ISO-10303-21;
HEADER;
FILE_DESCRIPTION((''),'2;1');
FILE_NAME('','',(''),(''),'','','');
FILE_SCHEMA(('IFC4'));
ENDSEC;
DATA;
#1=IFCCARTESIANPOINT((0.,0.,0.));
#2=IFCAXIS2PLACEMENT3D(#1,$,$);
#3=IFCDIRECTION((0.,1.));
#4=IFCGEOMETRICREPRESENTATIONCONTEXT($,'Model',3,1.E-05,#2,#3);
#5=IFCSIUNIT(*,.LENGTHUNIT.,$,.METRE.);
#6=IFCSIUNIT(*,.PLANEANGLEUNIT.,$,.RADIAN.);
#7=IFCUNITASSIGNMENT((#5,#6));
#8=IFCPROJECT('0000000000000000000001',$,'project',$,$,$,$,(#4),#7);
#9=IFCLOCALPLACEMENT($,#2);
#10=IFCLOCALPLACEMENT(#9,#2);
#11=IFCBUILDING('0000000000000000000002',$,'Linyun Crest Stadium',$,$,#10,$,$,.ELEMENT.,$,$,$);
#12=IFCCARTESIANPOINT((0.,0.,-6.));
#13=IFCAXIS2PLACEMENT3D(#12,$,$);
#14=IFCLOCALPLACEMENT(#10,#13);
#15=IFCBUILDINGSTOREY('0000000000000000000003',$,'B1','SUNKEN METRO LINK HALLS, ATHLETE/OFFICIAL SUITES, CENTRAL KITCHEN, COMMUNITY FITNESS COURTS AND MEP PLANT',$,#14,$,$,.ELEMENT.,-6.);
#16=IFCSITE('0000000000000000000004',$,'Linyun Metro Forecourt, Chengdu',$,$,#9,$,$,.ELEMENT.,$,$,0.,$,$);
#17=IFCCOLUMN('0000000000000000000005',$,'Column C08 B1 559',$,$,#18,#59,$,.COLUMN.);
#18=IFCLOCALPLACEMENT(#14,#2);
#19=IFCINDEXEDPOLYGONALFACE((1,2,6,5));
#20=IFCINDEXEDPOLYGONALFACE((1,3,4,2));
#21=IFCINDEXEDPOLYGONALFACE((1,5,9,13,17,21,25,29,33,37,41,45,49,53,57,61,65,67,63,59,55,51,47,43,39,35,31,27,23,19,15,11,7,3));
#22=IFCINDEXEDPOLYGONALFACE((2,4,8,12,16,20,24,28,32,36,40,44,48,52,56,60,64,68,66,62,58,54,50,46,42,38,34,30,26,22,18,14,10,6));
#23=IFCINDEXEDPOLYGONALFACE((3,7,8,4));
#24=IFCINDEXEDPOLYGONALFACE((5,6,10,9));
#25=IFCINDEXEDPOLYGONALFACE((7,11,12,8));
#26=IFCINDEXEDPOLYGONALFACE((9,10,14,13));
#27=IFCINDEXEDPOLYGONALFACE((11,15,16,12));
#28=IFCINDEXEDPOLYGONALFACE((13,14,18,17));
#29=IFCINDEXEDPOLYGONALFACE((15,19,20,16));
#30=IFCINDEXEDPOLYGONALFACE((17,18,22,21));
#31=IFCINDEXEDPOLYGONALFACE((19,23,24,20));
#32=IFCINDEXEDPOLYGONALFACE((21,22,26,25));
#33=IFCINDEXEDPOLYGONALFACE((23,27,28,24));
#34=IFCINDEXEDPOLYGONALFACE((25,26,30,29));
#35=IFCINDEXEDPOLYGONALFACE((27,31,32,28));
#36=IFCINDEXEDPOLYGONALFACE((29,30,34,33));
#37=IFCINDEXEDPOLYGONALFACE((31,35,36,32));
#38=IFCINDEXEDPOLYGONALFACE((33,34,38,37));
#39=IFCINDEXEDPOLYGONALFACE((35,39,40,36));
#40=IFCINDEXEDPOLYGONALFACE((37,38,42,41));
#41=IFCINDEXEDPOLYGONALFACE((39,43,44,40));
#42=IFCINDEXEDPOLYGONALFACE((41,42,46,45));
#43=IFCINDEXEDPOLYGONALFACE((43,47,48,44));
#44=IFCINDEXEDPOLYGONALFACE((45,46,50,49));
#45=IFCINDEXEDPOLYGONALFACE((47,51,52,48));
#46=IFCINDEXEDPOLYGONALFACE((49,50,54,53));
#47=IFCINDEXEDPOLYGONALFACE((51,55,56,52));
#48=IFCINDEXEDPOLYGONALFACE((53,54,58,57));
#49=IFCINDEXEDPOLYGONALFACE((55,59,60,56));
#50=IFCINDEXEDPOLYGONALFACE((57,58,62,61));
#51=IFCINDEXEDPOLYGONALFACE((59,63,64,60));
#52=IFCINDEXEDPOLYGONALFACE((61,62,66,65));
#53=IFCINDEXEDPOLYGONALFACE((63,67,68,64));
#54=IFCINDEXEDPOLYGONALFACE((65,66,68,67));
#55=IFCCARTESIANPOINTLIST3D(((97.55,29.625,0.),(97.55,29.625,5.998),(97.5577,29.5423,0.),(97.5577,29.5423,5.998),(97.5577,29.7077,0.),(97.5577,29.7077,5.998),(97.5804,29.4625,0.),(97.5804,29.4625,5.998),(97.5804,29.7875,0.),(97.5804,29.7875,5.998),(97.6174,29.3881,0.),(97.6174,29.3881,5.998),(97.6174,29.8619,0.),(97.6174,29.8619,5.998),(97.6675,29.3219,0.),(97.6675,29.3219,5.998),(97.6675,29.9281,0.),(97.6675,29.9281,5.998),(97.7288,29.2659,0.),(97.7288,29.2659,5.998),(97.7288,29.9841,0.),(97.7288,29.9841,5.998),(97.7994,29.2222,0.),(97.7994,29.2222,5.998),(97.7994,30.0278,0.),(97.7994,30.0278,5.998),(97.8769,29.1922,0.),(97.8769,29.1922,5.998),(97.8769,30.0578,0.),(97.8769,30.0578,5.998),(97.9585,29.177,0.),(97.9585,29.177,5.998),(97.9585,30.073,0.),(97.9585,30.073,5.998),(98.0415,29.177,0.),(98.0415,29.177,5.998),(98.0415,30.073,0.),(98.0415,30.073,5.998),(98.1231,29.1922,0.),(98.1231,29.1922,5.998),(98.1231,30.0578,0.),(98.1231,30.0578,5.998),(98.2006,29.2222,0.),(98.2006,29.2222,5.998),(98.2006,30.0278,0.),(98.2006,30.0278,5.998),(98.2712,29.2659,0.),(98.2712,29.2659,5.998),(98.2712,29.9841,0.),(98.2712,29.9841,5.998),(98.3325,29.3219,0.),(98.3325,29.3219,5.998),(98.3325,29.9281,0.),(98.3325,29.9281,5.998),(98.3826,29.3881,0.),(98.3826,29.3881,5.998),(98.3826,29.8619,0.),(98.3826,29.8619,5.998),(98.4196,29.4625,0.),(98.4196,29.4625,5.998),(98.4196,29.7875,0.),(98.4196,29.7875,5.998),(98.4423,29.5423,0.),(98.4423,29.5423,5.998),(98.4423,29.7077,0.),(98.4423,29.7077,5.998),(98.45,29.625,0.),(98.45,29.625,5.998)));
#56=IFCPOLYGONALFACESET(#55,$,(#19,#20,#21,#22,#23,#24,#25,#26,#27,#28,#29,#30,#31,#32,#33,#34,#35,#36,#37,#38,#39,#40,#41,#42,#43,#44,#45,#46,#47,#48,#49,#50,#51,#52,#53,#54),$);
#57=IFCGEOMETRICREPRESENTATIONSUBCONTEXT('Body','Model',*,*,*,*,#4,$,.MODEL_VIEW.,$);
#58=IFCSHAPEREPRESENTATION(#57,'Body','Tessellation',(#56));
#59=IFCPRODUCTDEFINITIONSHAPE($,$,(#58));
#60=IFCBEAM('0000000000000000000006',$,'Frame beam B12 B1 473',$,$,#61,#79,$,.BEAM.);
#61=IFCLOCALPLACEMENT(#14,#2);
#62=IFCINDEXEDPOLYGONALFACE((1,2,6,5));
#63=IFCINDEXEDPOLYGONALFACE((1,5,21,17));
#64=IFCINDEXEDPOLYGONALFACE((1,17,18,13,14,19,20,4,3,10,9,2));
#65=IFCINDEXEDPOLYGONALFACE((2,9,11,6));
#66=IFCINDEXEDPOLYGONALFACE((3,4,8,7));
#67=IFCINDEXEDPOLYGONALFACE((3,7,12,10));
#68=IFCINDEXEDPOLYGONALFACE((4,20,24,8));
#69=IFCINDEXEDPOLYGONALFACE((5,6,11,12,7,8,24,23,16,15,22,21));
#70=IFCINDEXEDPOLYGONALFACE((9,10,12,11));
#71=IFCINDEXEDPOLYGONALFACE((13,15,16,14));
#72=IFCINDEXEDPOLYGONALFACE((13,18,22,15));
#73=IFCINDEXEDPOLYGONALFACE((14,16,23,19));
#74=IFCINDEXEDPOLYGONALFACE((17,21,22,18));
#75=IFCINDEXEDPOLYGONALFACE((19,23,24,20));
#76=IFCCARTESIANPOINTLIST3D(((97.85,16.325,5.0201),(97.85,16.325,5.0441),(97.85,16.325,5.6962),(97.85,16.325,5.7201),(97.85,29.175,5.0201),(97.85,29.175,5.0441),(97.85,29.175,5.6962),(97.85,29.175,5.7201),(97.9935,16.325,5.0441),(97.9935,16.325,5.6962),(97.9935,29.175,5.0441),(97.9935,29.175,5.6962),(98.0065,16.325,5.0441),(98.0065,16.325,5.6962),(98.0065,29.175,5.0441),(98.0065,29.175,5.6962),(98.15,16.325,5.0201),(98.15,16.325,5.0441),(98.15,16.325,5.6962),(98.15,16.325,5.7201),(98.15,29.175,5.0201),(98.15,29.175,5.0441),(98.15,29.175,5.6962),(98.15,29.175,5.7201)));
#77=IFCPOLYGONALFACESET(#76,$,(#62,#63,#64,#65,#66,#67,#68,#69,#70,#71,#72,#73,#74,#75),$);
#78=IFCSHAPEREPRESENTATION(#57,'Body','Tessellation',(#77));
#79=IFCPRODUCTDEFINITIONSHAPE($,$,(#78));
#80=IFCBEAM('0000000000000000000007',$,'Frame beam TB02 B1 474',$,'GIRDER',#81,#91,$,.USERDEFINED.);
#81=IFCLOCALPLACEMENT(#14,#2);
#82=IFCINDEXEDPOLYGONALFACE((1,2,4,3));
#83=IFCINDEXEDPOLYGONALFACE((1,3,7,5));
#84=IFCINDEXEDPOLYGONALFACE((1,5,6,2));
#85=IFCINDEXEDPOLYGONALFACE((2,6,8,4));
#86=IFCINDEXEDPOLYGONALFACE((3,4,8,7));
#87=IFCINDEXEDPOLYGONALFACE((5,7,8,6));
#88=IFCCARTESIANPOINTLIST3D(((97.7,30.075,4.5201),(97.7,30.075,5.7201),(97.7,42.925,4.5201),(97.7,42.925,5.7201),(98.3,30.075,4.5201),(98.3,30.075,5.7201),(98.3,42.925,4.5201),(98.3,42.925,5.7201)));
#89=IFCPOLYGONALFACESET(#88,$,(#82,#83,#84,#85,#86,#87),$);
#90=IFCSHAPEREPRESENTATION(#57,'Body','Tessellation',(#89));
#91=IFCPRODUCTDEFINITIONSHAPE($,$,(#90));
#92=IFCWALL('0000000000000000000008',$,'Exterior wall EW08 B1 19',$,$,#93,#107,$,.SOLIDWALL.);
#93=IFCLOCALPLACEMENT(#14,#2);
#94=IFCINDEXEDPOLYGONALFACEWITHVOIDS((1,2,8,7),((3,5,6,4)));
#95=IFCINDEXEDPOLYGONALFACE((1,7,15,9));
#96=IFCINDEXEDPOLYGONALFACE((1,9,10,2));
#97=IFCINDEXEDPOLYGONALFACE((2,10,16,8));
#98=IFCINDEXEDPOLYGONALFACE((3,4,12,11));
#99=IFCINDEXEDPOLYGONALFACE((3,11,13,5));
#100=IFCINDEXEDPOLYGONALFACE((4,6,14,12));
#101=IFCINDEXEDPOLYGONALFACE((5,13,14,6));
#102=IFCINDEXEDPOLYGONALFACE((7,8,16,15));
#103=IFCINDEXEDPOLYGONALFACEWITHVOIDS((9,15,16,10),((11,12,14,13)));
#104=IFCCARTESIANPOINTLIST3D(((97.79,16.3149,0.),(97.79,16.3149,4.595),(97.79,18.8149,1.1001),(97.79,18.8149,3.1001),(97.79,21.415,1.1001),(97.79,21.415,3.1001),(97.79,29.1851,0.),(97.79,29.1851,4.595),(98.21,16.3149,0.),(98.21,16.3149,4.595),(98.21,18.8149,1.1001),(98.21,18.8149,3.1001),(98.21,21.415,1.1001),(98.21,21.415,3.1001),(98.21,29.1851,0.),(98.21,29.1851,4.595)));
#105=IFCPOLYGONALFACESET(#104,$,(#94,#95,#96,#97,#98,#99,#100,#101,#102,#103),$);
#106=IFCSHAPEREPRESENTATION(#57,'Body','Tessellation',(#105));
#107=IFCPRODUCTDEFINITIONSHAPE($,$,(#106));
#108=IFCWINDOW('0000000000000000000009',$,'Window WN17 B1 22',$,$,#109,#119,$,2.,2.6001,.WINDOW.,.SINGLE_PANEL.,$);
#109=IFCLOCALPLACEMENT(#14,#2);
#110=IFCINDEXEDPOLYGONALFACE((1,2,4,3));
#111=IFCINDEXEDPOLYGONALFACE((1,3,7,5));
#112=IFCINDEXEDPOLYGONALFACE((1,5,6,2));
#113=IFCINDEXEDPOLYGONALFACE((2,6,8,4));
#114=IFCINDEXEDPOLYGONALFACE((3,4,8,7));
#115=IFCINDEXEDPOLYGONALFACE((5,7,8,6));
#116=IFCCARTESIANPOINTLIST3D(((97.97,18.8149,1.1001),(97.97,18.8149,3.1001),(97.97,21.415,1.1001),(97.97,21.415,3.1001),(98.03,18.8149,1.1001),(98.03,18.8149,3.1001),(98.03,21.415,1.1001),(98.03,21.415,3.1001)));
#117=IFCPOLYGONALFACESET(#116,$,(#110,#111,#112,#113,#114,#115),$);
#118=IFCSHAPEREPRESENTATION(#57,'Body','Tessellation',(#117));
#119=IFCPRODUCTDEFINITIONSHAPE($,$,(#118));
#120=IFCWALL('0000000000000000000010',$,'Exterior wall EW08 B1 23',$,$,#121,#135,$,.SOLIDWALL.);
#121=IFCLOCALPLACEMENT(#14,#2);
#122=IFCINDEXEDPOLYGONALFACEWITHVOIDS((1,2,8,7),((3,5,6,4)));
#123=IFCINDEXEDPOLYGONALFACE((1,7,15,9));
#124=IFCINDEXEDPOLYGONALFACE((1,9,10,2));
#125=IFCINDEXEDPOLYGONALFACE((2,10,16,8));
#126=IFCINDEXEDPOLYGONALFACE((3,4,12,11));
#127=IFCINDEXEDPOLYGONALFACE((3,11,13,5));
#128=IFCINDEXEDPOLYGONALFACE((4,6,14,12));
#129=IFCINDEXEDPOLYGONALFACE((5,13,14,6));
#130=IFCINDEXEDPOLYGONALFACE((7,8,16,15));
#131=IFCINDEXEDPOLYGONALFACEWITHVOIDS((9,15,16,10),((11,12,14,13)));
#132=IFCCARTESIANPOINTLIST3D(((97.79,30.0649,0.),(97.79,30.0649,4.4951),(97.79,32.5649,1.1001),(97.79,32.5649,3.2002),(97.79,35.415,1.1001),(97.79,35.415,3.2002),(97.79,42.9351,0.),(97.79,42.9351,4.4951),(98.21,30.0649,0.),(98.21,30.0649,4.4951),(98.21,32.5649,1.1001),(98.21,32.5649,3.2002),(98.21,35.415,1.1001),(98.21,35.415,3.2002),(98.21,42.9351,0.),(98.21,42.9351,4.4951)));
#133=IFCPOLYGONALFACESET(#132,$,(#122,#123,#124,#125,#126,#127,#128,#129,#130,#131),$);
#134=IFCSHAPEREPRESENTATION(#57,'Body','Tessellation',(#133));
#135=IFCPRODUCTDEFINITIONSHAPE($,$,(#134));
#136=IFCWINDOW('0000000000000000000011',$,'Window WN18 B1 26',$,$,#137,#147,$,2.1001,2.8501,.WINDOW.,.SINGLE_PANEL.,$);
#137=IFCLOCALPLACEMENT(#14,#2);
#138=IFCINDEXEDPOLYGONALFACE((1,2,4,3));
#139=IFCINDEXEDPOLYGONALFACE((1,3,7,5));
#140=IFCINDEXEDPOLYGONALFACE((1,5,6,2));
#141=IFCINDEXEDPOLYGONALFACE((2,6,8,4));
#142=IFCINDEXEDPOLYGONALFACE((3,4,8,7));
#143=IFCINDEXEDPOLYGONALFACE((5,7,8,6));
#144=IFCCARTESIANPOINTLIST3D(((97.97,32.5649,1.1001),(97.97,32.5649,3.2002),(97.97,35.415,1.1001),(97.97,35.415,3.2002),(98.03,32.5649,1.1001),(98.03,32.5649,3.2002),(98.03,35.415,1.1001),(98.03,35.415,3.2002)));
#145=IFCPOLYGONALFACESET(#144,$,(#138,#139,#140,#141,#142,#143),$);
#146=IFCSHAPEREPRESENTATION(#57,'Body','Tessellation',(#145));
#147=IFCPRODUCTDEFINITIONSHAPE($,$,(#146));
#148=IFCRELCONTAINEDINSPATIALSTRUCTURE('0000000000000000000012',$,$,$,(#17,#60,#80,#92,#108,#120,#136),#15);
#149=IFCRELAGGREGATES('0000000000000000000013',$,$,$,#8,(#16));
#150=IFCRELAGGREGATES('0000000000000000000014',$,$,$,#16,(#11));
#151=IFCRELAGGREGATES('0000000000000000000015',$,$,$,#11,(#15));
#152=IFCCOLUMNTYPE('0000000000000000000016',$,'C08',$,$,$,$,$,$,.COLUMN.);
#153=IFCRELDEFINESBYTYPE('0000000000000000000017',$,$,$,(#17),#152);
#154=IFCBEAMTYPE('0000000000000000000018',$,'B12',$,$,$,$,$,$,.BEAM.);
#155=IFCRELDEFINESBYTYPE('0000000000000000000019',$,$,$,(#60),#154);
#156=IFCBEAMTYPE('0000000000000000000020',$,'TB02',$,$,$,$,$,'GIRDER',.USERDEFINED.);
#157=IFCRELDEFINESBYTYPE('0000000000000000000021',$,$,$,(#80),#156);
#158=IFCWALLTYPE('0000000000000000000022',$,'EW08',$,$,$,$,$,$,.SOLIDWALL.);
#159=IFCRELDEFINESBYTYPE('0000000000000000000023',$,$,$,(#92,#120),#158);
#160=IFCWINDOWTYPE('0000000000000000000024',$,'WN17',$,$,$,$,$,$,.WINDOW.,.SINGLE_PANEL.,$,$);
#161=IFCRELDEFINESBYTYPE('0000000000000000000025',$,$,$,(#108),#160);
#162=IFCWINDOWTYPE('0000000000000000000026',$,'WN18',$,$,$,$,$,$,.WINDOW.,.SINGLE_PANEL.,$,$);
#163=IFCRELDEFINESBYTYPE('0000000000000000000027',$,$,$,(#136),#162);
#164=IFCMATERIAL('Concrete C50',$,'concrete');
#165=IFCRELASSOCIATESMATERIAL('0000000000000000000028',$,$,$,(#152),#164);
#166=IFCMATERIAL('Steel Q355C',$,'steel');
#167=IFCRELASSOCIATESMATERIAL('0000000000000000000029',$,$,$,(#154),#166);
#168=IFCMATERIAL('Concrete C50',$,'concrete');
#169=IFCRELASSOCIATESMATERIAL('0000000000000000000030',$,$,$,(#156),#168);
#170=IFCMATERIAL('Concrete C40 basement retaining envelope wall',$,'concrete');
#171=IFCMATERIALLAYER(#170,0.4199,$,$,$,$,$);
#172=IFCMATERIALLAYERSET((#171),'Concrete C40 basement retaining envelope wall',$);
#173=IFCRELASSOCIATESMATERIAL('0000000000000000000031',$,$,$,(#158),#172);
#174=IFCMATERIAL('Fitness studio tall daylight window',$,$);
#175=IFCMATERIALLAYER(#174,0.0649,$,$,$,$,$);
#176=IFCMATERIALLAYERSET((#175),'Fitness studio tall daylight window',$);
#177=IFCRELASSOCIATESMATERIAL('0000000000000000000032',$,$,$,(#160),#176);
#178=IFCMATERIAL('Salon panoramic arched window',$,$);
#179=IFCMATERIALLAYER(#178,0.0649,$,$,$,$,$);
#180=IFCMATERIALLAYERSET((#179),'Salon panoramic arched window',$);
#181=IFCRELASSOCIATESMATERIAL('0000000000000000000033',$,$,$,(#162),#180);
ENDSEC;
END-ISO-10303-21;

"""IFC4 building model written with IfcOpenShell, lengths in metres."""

from ifc_helpers import new_model, si_unit, direction, frame, frame_2d, origin, origin_2d, place, context, subcontext, project, spatial, rectangle, circle, i_section, extrude, material, layer, layer_set, material_profile, profile_set, type_object, element, fill, save


model = new_model("IFC4")

# Units and contexts
model_context = context("Model", 3, precision=1e-05, world=origin(), true_north=direction((0.0, 1.0)))
body_context = subcontext(model_context, "Body", "Model", "MODEL_VIEW")
ifc_project = project(units=[si_unit("LENGTHUNIT", "METRE"), si_unit("PLANEANGLEUNIT", "RADIAN")], contexts=[model_context])

# Site, building, storey
site_placement = place(None, origin())
site = spatial("IfcSite", under=ifc_project, at=site_placement, Name="Linyun Metro Forecourt, Chengdu", CompositionType="ELEMENT", RefElevation=0.0)
building_placement = place(site_placement, origin())
building = spatial("IfcBuilding", under=site, at=building_placement, Name="Linyun Crest Stadium", CompositionType="ELEMENT")
storey_placement = place(building_placement, frame((0.0, 0.0, -6.0)))
storey = spatial("IfcBuildingStorey", under=building, at=storey_placement, Name="B1", Description="SUNKEN METRO LINK HALLS, ATHLETE/OFFICIAL SUITES, CENTRAL KITCHEN, COMMUNITY FITNESS COURTS AND MEP PLANT", CompositionType="ELEMENT", Elevation=-6.0)

# Column
ifc_material_1 = material(Name="Concrete C50", Category="concrete")
ifc_material_profile_1 = material_profile(ifc_material_1, circle(Radius=0.45, at=origin_2d()), Name="RC D900")
ifc_profile_set_1 = profile_set([ifc_material_profile_1], Name="Concrete C50")
column_type = type_object("IfcColumnType", Name="C08", PredefinedType="COLUMN", material=ifc_profile_set_1)
for number, where, z_axis, x_axis, name in (
    (1, (98.0, 29.625, 0.0), (0.0, 0.0, 1.0), (1.0, 0.0, 0.0), "Column C08 B1 559"),
):
    element("IfcColumn", number, at=place(storey_placement, frame(where, z_axis=z_axis, x_axis=x_axis)), inside=storey, type_object=column_type, Name=name, PredefinedType="COLUMN", context=body_context, shape_type="SweptSolid", body=[
        extrude(circle(Radius=0.45, at=origin_2d()), origin(), (0.0, 0.0, 1.0), 5.998),
    ])

# Beams
ifc_material_2 = material(Name="Steel Q355C", Category="steel")
ifc_material_profile_2 = material_profile(ifc_material_2, i_section(OverallWidth=0.3, OverallDepth=0.7, WebThickness=0.0129, FlangeThickness=0.0239, at=origin_2d()), Name="HN 700x300")
ifc_profile_set_2 = profile_set([ifc_material_profile_2], Name="Steel Q355C")
beam_type_1 = type_object("IfcBeamType", Name="B12", PredefinedType="BEAM", material=ifc_profile_set_2)
beam_1_placement = place(storey_placement, frame((98.0, 16.325, 5.3701), z_axis=(0.0, 1.0, 0.0), x_axis=(-1.0, 0.0, 0.0)))
element("IfcBeam", 2, at=beam_1_placement, inside=storey, type_object=beam_type_1, Name="Frame beam B12 B1 473", PredefinedType="BEAM", context=body_context, shape_type="SweptSolid", body=[
    extrude(i_section(OverallWidth=0.3, OverallDepth=0.7, WebThickness=0.0129, FlangeThickness=0.0239, at=origin_2d()), origin(), (0.0, 0.0, 1.0), 12.8501),
])
ifc_material_3 = material(Name="Concrete C50", Category="concrete")
ifc_material_profile_3 = material_profile(ifc_material_3, rectangle(XDim=0.6001, YDim=1.2, at=origin_2d()), Name="RCB 1200x600")
ifc_profile_set_3 = profile_set([ifc_material_profile_3], Name="Concrete C50")
beam_type_2 = type_object("IfcBeamType", Name="TB02", ElementType="GIRDER", PredefinedType="USERDEFINED", material=ifc_profile_set_3)
beam_2_placement = place(storey_placement, frame((98.0, 30.075, 5.1201), z_axis=(0.0, 1.0, 0.0), x_axis=(-1.0, 0.0, 0.0)))
element("IfcBeam", 3, at=beam_2_placement, inside=storey, type_object=beam_type_2, Name="Frame beam TB02 B1 474", ObjectType="GIRDER", PredefinedType="USERDEFINED", context=body_context, shape_type="SweptSolid", body=[
    extrude(rectangle(XDim=0.6001, YDim=1.2, at=origin_2d()), origin(), (0.0, 0.0, 1.0), 12.8501),
])

# Walls, openings, windows
ifc_material_4 = material(Name="Concrete C40 basement retaining envelope wall", Category="concrete")
ifc_layer_1 = layer(ifc_material_4, 0.4199)
ifc_layer_set_1 = layer_set([ifc_layer_1], Name="Concrete C40 basement retaining envelope wall")
wall_type_1 = type_object("IfcWallType", Name="EW08", PredefinedType="SOLIDWALL", material=ifc_layer_set_1)
wall_1_placement = place(storey_placement, frame((98.0, 16.3149, 0.0), z_axis=(0.0, 0.0, 1.0), x_axis=(0.0, 1.0, 0.0)))
wall_1 = element("IfcWall", 4, at=wall_1_placement, inside=storey, type_object=wall_type_1, Name="Exterior wall EW08 B1 19", PredefinedType="SOLIDWALL", context=body_context, shape_type="SweptSolid", body=[
    extrude(rectangle(XDim=12.8701, YDim=0.4199, at=frame_2d((6.4351, 0.0))), origin(), (0.0, 0.0, 1.0), 4.595),
])
opening_1_placement = place(wall_1_placement, frame((2.5, 0.0, 1.1001)))
opening_1 = element("IfcOpeningElement", 5, at=opening_1_placement, cuts=wall_1, PredefinedType="OPENING", context=body_context, shape_type="SweptSolid", body=[
    extrude(rectangle(XDim=2.6001, YDim=2.0, at=frame_2d((1.3, 1.0))), frame((0.0, 0.22, 0.0), z_axis=(0.0, -1.0, 0.0), x_axis=(1.0, 0.0, 0.0)), (0.0, 0.0, 1.0), 0.4399),
])
ifc_material_5 = material(Name="Fitness studio tall daylight window")
ifc_layer_2 = layer(ifc_material_5, 0.0649)
ifc_layer_set_2 = layer_set([ifc_layer_2], Name="Fitness studio tall daylight window")
window_type_1 = type_object("IfcWindowType", Name="WN17", PartitioningType="SINGLE_PANEL", PredefinedType="WINDOW", material=ifc_layer_set_2)
window_1_placement = place(opening_1_placement, origin())
window_1 = element("IfcWindow", 6, at=window_1_placement, inside=storey, type_object=window_type_1, Name="Window WN17 B1 22", OverallHeight=2.0, OverallWidth=2.6001, PartitioningType="SINGLE_PANEL", PredefinedType="WINDOW", context=body_context, shape_type="SweptSolid", body=[
    extrude(rectangle(XDim=2.6001, YDim=2.0, at=frame_2d((1.3, 1.0))), frame((0.0, 0.03, 0.0), z_axis=(0.0, -1.0, 0.0), x_axis=(1.0, 0.0, 0.0)), (0.0, 0.0, 1.0), 0.0601),
])
fill(opening_1, window_1)
wall_2_placement = place(storey_placement, frame((98.0, 30.0649, 0.0), z_axis=(0.0, 0.0, 1.0), x_axis=(0.0, 1.0, 0.0)))
wall_2 = element("IfcWall", 7, at=wall_2_placement, inside=storey, type_object=wall_type_1, Name="Exterior wall EW08 B1 23", PredefinedType="SOLIDWALL", context=body_context, shape_type="SweptSolid", body=[
    extrude(rectangle(XDim=12.8701, YDim=0.4199, at=frame_2d((6.4351, 0.0))), origin(), (0.0, 0.0, 1.0), 4.4951),
])
opening_2_placement = place(wall_2_placement, frame((2.5, 0.0, 1.1001)))
opening_2 = element("IfcOpeningElement", 8, at=opening_2_placement, cuts=wall_2, PredefinedType="OPENING", context=body_context, shape_type="SweptSolid", body=[
    extrude(rectangle(XDim=2.8501, YDim=2.1001, at=frame_2d((1.425, 1.05))), frame((0.0, 0.22, 0.0), z_axis=(0.0, -1.0, 0.0), x_axis=(1.0, 0.0, 0.0)), (0.0, 0.0, 1.0), 0.4399),
])
ifc_material_6 = material(Name="Salon panoramic arched window")
ifc_layer_3 = layer(ifc_material_6, 0.0649)
ifc_layer_set_3 = layer_set([ifc_layer_3], Name="Salon panoramic arched window")
window_type_2 = type_object("IfcWindowType", Name="WN18", PartitioningType="SINGLE_PANEL", PredefinedType="WINDOW", material=ifc_layer_set_3)
window_2_placement = place(opening_2_placement, origin())
window_2 = element("IfcWindow", 9, at=window_2_placement, inside=storey, type_object=window_type_2, Name="Window WN18 B1 26", OverallHeight=2.1001, OverallWidth=2.8501, PartitioningType="SINGLE_PANEL", PredefinedType="WINDOW", context=body_context, shape_type="SweptSolid", body=[
    extrude(rectangle(XDim=2.8501, YDim=2.1001, at=frame_2d((1.425, 1.05))), frame((0.0, 0.03, 0.0), z_axis=(0.0, -1.0, 0.0), x_axis=(1.0, 0.0, 0.0)), (0.0, 0.0, 1.0), 0.0601),
])
fill(opening_2, window_2)

save(model, "model.ifc")
